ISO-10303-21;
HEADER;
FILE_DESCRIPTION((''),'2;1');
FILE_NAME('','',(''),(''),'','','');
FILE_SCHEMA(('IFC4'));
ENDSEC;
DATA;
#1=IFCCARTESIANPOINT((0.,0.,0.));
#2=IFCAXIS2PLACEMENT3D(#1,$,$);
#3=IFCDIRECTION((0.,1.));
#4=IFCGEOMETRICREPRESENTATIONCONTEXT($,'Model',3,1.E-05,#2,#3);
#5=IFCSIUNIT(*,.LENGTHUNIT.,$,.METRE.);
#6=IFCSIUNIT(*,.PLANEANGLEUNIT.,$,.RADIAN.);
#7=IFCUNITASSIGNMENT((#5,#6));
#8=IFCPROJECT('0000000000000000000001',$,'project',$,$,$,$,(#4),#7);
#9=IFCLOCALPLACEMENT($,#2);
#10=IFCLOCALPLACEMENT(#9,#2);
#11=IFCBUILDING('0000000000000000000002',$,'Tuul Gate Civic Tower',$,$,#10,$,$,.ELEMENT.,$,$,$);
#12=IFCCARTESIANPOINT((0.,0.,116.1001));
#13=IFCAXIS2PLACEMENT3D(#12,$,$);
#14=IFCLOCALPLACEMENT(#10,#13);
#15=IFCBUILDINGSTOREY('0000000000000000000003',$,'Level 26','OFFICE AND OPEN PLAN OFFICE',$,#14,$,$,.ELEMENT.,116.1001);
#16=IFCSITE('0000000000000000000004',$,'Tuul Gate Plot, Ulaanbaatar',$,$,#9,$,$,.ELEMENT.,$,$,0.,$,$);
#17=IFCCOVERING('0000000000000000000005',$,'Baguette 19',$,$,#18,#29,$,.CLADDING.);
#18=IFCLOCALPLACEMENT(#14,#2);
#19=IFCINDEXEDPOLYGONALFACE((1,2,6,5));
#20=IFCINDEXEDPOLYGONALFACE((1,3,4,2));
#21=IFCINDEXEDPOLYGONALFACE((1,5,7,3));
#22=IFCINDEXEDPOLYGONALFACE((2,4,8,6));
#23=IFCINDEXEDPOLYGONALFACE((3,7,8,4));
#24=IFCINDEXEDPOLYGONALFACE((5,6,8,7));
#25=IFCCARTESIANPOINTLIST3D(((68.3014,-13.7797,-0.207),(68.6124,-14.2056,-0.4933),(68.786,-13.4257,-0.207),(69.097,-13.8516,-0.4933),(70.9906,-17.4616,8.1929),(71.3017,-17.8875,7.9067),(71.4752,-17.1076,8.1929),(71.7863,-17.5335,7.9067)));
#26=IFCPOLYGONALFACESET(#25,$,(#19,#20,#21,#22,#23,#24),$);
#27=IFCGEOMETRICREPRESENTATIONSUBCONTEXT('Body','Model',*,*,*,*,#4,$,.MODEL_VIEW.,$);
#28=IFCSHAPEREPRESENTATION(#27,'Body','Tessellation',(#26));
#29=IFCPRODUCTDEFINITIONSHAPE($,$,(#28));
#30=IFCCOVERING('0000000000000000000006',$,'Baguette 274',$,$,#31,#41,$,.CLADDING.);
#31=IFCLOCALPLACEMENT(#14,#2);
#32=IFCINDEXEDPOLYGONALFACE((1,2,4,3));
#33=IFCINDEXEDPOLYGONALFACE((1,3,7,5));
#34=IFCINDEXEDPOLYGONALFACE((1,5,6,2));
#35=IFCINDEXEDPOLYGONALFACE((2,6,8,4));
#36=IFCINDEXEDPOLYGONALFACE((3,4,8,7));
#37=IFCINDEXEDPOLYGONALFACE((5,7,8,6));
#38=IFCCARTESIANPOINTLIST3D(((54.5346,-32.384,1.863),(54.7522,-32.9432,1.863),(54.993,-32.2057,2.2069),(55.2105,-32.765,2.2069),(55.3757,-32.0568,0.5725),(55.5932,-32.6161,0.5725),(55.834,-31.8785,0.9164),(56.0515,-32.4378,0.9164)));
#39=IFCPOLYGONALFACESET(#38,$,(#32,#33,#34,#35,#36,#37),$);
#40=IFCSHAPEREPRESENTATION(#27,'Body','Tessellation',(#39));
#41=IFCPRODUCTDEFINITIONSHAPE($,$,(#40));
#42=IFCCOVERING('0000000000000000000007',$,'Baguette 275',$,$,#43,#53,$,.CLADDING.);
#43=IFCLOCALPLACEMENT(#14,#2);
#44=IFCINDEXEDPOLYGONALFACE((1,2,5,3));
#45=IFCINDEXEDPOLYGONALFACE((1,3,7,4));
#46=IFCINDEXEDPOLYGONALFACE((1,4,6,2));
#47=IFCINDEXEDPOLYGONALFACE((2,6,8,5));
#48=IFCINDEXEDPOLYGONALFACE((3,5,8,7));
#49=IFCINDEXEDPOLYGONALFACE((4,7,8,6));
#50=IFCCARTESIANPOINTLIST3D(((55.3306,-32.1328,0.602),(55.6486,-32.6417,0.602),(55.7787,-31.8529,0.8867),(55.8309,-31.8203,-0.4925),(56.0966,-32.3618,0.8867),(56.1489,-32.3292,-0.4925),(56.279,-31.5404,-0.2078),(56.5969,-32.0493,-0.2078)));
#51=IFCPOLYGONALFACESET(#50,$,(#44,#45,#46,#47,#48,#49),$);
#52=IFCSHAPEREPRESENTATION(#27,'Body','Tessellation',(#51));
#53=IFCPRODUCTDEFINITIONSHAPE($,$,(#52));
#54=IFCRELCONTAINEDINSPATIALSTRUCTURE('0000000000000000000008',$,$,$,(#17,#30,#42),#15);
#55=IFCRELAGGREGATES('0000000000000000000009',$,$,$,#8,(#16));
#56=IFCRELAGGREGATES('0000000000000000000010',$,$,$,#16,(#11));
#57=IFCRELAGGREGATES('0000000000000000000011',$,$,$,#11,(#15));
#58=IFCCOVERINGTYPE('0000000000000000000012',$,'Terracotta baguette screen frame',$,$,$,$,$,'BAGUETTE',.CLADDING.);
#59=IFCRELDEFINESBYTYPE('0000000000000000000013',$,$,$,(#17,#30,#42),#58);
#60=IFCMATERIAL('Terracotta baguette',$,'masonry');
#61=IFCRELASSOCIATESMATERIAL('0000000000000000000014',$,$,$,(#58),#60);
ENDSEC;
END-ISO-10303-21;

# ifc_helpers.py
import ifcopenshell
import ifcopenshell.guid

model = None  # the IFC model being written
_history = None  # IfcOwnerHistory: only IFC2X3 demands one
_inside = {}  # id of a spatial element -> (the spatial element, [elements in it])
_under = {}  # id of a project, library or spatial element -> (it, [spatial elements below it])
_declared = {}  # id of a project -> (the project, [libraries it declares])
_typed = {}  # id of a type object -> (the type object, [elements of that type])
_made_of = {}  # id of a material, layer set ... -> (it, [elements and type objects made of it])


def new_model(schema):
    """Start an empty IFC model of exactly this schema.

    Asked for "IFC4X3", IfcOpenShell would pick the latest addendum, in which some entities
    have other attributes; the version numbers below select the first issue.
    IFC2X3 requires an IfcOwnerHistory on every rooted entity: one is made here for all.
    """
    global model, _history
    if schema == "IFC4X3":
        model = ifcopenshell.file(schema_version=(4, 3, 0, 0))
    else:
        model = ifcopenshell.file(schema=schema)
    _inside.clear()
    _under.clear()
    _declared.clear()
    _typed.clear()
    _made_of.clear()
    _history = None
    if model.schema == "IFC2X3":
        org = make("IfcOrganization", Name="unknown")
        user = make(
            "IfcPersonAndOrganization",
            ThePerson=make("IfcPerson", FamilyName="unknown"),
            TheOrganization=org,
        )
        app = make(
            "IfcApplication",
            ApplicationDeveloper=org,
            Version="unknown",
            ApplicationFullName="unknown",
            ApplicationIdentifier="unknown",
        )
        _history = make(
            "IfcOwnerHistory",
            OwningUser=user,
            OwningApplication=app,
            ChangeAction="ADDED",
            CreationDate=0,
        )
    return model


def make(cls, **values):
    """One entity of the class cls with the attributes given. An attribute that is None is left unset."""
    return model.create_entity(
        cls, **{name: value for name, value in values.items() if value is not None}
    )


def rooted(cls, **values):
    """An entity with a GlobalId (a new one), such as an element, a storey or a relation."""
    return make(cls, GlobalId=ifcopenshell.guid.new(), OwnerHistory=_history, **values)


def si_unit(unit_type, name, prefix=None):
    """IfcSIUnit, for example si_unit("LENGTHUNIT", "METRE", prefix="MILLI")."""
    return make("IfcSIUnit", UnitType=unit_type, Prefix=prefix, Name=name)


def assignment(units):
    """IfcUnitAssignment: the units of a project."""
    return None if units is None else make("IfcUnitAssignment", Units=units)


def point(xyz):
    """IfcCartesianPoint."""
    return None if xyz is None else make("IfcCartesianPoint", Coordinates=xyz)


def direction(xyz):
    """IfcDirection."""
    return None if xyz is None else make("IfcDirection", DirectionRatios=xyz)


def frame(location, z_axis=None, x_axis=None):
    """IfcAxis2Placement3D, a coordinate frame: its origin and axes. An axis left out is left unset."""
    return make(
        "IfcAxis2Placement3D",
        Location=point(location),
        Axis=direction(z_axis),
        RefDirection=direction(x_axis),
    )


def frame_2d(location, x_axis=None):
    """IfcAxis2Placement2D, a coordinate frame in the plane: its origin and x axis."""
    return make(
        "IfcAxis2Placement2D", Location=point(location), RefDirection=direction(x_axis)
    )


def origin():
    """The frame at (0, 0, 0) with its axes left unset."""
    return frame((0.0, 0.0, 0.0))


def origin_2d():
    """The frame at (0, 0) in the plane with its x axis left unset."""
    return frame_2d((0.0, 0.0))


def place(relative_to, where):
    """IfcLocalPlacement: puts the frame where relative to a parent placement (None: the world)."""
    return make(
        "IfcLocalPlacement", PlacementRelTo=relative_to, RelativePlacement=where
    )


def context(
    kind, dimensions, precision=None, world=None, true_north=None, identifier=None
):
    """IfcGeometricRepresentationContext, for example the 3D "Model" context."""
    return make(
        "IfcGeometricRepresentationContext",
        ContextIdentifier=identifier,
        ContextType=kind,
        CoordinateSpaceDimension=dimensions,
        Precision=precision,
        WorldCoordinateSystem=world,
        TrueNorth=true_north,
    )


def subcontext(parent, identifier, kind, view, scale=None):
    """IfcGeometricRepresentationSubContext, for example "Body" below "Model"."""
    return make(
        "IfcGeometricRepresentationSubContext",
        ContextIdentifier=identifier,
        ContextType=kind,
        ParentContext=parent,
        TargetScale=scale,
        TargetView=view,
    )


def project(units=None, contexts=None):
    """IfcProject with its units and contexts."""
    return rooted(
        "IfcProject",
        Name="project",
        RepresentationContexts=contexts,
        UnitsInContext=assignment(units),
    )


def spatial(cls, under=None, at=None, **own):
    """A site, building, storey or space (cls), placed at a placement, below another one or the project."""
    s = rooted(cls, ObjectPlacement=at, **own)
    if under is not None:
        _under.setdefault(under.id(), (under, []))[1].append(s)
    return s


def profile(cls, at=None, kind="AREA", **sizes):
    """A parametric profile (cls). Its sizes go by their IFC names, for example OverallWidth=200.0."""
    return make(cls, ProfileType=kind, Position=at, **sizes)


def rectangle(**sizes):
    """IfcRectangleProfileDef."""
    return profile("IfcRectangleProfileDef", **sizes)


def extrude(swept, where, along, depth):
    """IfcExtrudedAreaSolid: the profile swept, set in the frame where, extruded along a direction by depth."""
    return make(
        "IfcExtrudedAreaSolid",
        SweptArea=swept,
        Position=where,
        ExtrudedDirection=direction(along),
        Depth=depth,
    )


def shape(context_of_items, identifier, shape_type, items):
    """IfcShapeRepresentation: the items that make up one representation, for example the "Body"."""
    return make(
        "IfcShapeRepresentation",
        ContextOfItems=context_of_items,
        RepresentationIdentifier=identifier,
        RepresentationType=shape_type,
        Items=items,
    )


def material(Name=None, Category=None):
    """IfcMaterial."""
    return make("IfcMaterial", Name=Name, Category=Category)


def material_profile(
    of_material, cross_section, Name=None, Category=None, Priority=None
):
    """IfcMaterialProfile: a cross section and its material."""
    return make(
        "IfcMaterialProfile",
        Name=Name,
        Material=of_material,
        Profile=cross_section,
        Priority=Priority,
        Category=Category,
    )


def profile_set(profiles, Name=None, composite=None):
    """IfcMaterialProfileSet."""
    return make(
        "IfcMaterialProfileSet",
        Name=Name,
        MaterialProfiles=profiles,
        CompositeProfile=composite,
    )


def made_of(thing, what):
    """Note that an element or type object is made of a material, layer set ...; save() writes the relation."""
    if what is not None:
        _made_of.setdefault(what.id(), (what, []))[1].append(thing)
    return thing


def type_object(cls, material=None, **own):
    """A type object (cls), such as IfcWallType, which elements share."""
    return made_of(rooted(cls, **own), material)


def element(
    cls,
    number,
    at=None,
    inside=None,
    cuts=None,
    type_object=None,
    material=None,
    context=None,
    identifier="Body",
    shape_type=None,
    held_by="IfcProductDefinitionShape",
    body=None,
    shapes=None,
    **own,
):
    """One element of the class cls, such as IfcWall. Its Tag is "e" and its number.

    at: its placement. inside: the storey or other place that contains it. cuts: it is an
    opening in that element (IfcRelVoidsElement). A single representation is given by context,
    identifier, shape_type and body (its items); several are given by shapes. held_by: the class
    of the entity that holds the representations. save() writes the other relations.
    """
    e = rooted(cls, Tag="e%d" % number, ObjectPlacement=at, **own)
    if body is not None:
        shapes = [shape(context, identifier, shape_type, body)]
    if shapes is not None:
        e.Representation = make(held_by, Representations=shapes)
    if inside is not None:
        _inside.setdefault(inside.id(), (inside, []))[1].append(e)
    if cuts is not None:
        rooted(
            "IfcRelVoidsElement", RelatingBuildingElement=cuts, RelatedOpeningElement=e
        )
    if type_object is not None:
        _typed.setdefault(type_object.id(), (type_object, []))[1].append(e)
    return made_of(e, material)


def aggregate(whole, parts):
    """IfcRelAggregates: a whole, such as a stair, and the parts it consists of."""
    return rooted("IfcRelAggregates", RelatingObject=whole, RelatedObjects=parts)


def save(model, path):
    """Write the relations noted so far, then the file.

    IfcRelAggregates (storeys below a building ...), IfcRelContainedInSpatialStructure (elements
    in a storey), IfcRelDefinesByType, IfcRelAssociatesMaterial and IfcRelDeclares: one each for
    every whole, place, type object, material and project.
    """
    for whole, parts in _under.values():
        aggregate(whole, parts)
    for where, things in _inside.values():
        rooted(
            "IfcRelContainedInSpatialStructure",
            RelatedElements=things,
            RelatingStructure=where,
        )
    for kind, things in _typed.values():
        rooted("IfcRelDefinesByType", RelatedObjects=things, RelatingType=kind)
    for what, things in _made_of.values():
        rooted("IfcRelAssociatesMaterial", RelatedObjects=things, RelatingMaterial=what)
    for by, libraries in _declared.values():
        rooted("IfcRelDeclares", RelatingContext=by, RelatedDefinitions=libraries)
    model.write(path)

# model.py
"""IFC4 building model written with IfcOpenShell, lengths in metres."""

from ifc_helpers import new_model, si_unit, direction, frame, origin, origin_2d, place, context, subcontext, project, spatial, rectangle, extrude, material, material_profile, profile_set, type_object, element, save


model = new_model("IFC4")

# Units and contexts
model_context = context("Model", 3, precision=1e-05, world=origin(), true_north=direction((0.0, 1.0)))
body_context = subcontext(model_context, "Body", "Model", "MODEL_VIEW")
ifc_project = project(units=[si_unit("LENGTHUNIT", "METRE"), si_unit("PLANEANGLEUNIT", "RADIAN")], contexts=[model_context])

# Site, building, storey
site_placement = place(None, origin())
site = spatial("IfcSite", under=ifc_project, at=site_placement, Name="Tuul Gate Plot, Ulaanbaatar", CompositionType="ELEMENT", RefElevation=0.0)
building_placement = place(site_placement, origin())
building = spatial("IfcBuilding", under=site, at=building_placement, Name="Tuul Gate Civic Tower", CompositionType="ELEMENT")
storey_placement = place(building_placement, frame((0.0, 0.0, 116.1001)))
storey = spatial("IfcBuildingStorey", under=building, at=storey_placement, Name="Level 26", Description="OFFICE AND OPEN PLAN OFFICE", CompositionType="ELEMENT", Elevation=116.1001)

# Coverings
ifc_material_1 = material(Name="Terracotta baguette", Category="masonry")
ifc_material_profile_1 = material_profile(ifc_material_1, rectangle(XDim=0.6001, YDim=0.6001, at=origin_2d()), Name="Terracotta baguette screen frame")
ifc_profile_set_1 = profile_set([ifc_material_profile_1], Name="Terracotta baguette")
covering_type = type_object("IfcCoveringType", Name="Terracotta baguette screen frame", ElementType="BAGUETTE", PredefinedType="CLADDING", material=ifc_profile_set_1)
covering_1_placement = place(storey_placement, frame((71.3884, -17.4976, 8.0498), z_axis=(-0.281371, 0.385234, -0.878877), x_axis=(-0.807537, -0.589817, 0.0)))
element("IfcCovering", 1, at=covering_1_placement, inside=storey, type_object=covering_type, Name="Baguette 19", PredefinedType="CLADDING", context=body_context, shape_type="SweptSolid", body=[
    extrude(rectangle(XDim=0.6001, YDim=0.6001, at=origin_2d()), origin(), (0.0, 0.0, 1.0), 9.5576),
])
covering_2_placement = place(storey_placement, frame((54.8726, -32.5745, 2.0349), z_axis=(0.53409, 0.207745, -0.819506), x_axis=(-0.362512, 0.931979, 0.0)))
element("IfcCovering", 2, at=covering_2_placement, inside=storey, type_object=covering_type, Name="Baguette 274", PredefinedType="CLADDING", context=body_context, shape_type="SweptSolid", body=[
    extrude(rectangle(XDim=0.6001, YDim=0.6001, at=origin_2d()), origin(), (0.0, 0.0, 1.0), 1.5747),
])
covering_3_placement = place(storey_placement, frame((55.7136, -32.2473, 0.7444), z_axis=(0.402352, 0.251347, -0.880305), x_axis=(-0.529813, 0.848115, 0.0)))
element("IfcCovering", 3, at=covering_3_placement, inside=storey, type_object=covering_type, Name="Baguette 275", PredefinedType="CLADDING", context=body_context, shape_type="SweptSolid", body=[
    extrude(rectangle(XDim=0.6001, YDim=0.6001, at=origin_2d()), origin(), (0.0, 0.0, 1.0), 1.2434),
])

save(model, "model.ifc")
